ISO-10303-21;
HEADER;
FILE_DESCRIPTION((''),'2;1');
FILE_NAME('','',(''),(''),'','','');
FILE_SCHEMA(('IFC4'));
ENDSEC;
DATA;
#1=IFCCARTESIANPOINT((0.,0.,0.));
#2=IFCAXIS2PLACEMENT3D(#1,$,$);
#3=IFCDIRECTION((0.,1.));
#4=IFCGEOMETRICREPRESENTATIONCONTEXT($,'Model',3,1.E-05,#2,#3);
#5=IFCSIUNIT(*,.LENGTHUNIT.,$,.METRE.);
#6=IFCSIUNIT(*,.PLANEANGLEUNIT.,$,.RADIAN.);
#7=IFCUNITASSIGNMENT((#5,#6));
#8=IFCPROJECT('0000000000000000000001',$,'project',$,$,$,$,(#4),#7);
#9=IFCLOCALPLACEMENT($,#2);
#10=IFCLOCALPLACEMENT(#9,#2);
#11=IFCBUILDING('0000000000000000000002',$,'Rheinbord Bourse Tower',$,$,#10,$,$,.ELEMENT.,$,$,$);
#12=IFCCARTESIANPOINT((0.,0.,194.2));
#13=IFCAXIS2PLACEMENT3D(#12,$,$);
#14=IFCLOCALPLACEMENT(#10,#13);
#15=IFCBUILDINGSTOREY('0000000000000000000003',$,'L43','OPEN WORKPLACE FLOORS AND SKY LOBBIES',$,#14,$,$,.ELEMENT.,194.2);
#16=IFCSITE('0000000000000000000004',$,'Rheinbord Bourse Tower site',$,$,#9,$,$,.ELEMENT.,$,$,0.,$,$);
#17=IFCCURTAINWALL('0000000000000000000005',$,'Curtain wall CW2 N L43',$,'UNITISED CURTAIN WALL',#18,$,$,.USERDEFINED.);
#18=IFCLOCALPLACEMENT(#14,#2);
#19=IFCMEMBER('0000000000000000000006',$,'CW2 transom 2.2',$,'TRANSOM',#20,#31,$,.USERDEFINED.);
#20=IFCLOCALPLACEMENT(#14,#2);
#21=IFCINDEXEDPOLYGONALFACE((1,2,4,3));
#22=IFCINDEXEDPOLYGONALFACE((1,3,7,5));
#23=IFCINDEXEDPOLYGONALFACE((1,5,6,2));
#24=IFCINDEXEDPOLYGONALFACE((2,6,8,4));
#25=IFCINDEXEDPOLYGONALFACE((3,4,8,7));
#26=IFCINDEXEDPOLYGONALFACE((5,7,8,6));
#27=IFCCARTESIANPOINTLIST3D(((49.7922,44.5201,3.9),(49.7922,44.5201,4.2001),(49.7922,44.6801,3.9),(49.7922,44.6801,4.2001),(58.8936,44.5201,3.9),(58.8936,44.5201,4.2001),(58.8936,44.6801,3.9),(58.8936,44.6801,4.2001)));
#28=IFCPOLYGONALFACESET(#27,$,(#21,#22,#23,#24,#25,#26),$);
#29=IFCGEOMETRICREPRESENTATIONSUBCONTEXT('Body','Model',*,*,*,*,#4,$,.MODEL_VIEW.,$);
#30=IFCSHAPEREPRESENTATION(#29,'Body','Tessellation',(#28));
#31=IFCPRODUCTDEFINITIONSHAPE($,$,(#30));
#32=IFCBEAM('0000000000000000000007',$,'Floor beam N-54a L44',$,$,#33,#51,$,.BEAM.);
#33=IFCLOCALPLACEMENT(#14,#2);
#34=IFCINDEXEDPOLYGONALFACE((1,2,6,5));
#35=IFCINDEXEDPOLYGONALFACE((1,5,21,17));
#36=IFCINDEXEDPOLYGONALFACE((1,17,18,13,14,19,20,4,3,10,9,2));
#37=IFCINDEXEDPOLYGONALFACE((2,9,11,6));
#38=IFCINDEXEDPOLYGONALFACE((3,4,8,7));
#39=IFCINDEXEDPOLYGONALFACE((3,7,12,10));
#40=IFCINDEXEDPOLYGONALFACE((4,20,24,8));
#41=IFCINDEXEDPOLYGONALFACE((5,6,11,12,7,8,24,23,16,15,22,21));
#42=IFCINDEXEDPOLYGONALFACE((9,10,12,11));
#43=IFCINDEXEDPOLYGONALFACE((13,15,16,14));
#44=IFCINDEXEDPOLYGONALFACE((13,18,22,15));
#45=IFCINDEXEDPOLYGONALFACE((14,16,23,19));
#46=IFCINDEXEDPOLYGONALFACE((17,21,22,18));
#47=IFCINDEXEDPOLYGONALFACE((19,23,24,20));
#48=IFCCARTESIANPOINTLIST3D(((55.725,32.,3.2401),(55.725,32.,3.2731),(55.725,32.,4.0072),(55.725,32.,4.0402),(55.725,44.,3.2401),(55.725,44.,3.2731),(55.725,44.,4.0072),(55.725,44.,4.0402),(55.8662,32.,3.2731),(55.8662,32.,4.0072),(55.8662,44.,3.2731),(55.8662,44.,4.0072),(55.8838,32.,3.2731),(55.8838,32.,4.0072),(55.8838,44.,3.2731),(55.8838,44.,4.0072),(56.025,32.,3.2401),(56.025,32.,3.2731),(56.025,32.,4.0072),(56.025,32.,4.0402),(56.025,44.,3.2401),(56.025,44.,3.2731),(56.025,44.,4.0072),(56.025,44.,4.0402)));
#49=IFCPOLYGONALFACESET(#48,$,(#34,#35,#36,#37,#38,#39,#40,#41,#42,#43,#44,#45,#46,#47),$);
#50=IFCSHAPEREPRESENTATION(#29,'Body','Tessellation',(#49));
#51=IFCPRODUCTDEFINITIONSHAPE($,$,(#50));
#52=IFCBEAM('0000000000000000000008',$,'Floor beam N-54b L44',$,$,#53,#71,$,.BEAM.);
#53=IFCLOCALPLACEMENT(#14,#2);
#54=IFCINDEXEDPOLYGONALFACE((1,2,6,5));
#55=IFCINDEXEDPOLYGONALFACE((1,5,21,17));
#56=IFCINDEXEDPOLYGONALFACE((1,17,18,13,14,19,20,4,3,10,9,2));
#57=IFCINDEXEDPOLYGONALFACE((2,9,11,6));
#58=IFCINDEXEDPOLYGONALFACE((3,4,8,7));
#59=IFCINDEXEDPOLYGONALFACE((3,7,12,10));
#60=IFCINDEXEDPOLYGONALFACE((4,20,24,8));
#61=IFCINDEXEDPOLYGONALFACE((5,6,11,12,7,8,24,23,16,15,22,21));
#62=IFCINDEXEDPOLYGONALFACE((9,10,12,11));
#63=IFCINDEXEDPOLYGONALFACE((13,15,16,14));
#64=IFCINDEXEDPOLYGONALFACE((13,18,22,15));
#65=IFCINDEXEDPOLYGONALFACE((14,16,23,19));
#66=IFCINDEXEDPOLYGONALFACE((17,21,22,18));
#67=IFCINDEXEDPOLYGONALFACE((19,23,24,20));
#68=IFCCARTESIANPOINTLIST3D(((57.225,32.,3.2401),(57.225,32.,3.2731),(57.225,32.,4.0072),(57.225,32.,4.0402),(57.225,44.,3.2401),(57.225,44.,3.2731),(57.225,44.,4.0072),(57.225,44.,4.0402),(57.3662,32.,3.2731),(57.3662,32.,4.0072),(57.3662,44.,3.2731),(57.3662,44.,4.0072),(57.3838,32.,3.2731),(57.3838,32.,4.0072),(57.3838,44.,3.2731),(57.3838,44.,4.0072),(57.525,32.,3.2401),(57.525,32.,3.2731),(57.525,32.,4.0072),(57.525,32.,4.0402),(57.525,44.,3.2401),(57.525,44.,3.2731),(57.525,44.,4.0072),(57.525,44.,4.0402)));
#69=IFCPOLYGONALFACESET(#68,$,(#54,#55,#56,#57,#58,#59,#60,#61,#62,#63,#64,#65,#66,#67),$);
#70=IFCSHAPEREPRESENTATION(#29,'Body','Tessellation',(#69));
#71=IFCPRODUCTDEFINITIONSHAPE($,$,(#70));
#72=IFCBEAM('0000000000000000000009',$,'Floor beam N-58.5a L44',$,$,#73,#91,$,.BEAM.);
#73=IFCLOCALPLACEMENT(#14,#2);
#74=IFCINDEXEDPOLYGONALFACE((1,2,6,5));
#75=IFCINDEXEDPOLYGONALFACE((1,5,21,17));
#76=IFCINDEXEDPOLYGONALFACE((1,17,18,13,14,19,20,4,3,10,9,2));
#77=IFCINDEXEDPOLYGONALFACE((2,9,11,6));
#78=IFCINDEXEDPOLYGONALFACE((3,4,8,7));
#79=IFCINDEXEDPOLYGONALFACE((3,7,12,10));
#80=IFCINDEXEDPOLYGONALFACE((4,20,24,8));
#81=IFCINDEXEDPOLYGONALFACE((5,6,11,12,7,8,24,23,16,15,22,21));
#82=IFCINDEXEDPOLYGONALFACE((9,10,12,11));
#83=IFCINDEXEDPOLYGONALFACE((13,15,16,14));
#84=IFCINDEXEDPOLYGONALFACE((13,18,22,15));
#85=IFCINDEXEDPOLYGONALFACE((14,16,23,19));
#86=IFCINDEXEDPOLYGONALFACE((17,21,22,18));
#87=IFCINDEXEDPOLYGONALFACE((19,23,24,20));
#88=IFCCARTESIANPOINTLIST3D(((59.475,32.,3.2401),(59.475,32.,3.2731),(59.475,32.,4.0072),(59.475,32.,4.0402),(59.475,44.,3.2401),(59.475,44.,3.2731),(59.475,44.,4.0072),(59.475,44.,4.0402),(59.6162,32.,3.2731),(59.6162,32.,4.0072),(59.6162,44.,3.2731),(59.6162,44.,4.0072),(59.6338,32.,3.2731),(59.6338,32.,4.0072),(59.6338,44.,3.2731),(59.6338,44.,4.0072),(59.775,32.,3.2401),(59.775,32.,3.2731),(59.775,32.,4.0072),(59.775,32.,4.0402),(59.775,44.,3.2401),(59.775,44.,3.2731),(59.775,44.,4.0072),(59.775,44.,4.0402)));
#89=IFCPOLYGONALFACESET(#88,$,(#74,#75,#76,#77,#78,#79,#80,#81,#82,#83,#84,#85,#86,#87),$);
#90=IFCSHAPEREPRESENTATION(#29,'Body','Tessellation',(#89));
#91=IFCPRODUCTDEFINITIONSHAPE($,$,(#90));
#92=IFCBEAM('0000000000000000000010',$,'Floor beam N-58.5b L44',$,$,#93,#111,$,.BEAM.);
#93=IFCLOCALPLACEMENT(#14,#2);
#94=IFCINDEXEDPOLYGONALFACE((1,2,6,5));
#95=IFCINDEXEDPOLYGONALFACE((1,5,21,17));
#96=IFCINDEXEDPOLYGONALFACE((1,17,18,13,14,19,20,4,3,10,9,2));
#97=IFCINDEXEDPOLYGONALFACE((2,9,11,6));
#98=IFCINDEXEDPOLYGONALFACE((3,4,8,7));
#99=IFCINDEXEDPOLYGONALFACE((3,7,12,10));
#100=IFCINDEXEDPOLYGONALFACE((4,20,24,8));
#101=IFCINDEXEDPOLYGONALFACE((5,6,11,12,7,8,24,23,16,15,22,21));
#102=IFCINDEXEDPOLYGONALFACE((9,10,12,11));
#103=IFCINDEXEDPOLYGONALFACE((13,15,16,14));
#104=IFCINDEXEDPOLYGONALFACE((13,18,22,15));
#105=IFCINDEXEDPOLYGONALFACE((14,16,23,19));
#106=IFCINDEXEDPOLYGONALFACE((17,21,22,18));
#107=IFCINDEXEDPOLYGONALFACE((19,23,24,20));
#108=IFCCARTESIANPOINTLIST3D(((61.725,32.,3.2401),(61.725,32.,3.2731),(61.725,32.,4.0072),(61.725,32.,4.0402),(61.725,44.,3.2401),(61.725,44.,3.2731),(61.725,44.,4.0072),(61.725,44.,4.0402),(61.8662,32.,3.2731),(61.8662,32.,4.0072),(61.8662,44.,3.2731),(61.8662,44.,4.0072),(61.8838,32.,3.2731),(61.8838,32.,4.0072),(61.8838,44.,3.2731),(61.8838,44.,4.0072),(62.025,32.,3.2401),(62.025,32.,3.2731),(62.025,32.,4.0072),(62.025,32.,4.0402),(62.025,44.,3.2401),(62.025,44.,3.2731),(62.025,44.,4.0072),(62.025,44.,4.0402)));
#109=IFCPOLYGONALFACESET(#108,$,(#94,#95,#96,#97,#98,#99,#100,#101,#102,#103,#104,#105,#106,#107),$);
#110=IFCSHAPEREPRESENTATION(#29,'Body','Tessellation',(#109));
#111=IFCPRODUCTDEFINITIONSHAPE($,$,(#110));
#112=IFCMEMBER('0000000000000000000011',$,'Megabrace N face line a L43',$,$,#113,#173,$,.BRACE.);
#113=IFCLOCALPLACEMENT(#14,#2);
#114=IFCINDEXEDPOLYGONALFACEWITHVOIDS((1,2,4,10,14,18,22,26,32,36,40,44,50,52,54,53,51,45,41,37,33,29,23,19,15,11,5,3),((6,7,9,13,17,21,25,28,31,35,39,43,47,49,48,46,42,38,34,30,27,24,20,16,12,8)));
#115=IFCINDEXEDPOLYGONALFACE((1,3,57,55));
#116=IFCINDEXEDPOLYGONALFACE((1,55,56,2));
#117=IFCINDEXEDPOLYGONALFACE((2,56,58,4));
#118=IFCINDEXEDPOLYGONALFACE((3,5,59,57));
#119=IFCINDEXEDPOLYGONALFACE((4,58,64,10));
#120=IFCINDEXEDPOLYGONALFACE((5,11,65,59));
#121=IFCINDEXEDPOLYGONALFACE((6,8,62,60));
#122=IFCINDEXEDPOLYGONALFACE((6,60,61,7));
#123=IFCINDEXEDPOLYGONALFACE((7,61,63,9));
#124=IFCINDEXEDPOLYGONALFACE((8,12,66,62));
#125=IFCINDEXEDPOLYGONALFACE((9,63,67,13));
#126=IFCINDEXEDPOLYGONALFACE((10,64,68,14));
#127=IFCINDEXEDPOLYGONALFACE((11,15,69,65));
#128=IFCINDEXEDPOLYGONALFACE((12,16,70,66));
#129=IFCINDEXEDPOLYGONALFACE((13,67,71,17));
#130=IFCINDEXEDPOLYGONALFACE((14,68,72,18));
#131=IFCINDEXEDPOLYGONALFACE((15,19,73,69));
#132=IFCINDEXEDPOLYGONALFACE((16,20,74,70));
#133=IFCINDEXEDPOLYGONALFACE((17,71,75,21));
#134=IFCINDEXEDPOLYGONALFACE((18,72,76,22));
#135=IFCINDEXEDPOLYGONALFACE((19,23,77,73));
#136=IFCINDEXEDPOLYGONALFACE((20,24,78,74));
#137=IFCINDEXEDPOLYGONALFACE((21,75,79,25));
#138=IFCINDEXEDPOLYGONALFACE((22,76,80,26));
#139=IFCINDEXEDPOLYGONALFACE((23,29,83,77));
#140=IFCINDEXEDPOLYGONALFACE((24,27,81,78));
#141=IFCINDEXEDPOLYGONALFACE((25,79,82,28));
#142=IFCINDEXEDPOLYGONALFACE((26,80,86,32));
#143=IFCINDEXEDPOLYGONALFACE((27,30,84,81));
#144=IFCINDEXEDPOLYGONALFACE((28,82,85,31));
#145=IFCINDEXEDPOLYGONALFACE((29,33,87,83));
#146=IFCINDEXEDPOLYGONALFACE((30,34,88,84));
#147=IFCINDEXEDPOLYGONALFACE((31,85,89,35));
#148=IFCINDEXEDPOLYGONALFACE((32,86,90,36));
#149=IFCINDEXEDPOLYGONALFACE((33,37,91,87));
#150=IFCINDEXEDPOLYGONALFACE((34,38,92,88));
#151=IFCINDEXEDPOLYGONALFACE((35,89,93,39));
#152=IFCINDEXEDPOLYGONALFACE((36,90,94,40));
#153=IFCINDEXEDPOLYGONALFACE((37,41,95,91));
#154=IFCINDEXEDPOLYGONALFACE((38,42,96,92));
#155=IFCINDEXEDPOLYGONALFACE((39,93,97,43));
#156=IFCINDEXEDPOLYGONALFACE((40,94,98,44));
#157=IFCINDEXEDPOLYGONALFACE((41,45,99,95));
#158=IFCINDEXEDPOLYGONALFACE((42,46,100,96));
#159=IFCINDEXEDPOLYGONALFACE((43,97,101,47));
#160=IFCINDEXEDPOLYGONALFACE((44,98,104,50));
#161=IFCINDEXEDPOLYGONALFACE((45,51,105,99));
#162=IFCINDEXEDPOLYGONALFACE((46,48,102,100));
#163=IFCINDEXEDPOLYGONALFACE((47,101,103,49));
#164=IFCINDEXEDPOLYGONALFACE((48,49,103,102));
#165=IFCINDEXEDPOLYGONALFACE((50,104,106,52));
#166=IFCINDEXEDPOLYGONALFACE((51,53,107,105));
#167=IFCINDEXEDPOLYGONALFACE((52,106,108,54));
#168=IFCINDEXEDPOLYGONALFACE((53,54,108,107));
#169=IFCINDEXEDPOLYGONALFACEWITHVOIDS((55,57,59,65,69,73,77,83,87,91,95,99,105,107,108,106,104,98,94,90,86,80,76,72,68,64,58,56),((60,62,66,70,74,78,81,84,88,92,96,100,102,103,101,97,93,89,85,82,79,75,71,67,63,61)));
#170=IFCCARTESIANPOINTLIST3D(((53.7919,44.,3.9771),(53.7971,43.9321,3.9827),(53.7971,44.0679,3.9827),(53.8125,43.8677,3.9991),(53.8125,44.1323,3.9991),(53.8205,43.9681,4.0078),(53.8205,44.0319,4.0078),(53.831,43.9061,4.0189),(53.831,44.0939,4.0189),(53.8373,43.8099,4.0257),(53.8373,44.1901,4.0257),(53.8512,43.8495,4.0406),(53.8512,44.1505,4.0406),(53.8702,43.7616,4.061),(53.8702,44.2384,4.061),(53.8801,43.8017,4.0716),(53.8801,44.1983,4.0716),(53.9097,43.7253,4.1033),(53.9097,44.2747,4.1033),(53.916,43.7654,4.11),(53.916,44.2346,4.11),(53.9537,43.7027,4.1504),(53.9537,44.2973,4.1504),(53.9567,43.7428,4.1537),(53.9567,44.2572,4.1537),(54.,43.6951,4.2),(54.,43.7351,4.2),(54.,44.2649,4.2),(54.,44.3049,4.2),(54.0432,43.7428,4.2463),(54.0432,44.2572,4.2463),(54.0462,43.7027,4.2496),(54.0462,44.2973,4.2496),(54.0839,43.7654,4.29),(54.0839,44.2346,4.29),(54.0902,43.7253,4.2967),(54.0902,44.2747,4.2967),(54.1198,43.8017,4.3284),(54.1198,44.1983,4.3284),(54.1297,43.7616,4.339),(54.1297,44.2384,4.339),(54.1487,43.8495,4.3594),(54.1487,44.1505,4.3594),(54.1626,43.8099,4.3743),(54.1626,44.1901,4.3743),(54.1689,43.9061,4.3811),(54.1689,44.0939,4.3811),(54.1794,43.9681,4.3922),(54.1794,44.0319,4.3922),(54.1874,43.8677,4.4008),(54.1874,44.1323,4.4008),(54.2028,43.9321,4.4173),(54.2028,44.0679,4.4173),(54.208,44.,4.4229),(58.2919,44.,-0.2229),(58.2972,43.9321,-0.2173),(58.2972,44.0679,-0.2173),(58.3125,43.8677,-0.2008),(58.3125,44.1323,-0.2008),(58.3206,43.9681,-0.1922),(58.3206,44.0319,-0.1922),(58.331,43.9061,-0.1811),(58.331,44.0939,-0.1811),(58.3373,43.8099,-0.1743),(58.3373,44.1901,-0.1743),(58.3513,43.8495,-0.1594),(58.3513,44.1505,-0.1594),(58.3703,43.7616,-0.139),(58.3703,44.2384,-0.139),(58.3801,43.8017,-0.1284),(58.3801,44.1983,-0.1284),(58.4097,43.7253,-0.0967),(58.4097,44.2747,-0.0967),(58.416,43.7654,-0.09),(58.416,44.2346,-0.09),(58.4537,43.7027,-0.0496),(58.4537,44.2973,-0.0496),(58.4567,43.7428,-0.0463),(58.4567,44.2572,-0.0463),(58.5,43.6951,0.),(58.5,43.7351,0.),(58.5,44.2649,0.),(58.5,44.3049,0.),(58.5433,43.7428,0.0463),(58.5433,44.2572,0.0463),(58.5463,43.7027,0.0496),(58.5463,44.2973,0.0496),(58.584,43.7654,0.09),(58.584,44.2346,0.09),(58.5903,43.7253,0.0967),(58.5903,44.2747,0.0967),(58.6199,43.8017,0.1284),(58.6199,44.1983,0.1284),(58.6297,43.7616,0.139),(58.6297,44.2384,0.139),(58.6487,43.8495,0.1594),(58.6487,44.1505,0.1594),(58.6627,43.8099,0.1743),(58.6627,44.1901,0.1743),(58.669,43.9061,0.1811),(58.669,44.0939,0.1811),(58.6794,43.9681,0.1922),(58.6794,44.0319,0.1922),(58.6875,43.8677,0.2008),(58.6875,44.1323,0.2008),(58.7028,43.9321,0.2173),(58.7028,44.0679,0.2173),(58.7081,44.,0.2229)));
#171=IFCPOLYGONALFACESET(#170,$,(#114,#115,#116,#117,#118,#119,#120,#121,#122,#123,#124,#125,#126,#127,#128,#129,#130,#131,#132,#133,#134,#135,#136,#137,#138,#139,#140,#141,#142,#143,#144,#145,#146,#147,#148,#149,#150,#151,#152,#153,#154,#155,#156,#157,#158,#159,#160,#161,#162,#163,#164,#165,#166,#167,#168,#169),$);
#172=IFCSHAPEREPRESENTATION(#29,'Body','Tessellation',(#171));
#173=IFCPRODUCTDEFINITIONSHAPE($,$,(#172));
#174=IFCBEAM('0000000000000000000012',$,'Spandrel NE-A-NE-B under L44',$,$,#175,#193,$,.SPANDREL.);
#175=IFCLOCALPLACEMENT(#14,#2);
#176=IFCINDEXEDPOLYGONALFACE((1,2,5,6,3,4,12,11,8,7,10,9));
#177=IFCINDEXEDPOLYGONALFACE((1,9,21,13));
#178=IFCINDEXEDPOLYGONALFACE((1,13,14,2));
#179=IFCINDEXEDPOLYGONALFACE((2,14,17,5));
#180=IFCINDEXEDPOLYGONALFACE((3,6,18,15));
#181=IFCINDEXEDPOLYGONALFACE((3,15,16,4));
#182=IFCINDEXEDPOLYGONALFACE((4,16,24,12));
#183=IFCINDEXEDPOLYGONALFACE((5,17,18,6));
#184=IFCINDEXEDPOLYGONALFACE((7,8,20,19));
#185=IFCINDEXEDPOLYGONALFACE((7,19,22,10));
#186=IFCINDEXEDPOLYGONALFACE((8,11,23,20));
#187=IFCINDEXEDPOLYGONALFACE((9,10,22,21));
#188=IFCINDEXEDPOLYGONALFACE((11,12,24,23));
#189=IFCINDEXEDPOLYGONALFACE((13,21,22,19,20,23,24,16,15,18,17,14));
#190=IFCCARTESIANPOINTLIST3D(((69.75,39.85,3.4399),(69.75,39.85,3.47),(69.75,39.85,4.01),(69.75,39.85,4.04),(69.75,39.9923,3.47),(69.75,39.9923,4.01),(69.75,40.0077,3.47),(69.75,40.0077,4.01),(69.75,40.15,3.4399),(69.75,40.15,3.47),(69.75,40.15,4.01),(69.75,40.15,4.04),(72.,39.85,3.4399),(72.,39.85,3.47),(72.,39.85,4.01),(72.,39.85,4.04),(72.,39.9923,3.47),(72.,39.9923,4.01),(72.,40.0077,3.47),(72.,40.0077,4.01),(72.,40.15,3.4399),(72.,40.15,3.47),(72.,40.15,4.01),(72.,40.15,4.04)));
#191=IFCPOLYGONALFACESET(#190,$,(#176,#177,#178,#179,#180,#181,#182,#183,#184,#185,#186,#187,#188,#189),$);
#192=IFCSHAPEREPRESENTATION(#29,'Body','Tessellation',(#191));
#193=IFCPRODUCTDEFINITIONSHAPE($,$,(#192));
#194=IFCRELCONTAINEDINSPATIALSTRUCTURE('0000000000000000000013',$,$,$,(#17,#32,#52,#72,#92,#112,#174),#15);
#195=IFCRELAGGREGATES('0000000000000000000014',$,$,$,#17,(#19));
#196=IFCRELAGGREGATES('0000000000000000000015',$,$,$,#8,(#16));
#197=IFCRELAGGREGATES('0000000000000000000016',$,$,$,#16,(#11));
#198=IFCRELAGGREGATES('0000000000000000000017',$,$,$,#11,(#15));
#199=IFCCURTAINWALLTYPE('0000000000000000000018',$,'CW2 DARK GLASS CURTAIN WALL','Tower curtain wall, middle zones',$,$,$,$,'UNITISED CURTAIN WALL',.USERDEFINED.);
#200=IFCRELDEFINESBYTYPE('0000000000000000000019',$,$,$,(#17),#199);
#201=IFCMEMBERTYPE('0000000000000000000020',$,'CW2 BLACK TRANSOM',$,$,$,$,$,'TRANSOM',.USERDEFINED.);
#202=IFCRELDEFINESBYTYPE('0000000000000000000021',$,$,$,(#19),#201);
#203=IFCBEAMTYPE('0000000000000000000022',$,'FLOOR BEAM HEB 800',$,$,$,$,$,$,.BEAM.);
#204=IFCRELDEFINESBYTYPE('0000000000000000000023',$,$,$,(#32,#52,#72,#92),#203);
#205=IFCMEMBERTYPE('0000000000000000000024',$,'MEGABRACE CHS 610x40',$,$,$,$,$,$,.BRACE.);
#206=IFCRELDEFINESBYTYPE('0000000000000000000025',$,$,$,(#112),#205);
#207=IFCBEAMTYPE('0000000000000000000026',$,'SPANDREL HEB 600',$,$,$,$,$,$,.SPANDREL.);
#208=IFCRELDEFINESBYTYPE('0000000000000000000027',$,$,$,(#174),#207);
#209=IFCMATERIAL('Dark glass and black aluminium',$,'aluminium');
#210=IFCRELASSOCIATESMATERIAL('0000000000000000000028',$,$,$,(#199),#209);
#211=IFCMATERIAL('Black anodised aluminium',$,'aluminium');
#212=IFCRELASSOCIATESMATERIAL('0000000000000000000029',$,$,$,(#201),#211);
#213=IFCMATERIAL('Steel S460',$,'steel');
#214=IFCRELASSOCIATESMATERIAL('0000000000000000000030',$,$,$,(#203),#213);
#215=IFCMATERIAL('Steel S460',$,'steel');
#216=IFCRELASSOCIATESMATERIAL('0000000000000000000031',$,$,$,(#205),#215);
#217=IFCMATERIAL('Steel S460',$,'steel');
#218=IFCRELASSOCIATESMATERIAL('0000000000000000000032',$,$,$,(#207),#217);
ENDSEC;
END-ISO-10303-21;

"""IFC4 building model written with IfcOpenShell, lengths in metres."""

from ifc_helpers import new_model, si_unit, direction, frame, origin, origin_2d, place, context, subcontext, project, spatial, rectangle, hollow_circle, i_section, extrude, material, material_profile, profile_set, type_object, element, aggregate, save


model = new_model("IFC4")

# Units and contexts
model_context = context("Model", 3, precision=1e-05, world=origin(), true_north=direction((0.0, 1.0)))
body_context = subcontext(model_context, "Body", "Model", "MODEL_VIEW")
ifc_project = project(units=[si_unit("LENGTHUNIT", "METRE"), si_unit("PLANEANGLEUNIT", "RADIAN")], contexts=[model_context])

# Site, building, storey
site_placement = place(None, origin())
site = spatial("IfcSite", under=ifc_project, at=site_placement, Name="Rheinbord Bourse Tower site", CompositionType="ELEMENT", RefElevation=0.0)
building_placement = place(site_placement, origin())
building = spatial("IfcBuilding", under=site, at=building_placement, Name="Rheinbord Bourse Tower", CompositionType="ELEMENT")
storey_placement = place(building_placement, frame((0.0, 0.0, 194.2)))
storey = spatial("IfcBuildingStorey", under=building, at=storey_placement, Name="L43", Description="OPEN WORKPLACE FLOORS AND SKY LOBBIES", CompositionType="ELEMENT", Elevation=194.2)

# Curtain wall
ifc_material_1 = material(Name="Dark glass and black aluminium", Category="aluminium")
curtain_wall_type = type_object("IfcCurtainWallType", Name="CW2 DARK GLASS CURTAIN WALL", Description="Tower curtain wall, middle zones", ElementType="UNITISED CURTAIN WALL", PredefinedType="USERDEFINED", material=ifc_material_1)
curtain_wall_1_placement = place(storey_placement, origin())
curtain_wall_1 = element("IfcCurtainWall", 1, at=curtain_wall_1_placement, inside=storey, type_object=curtain_wall_type, Name="Curtain wall CW2 N L43", ObjectType="UNITISED CURTAIN WALL", PredefinedType="USERDEFINED")

# Member
ifc_material_2 = material(Name="Black anodised aluminium", Category="aluminium")
ifc_material_profile_1 = material_profile(ifc_material_2, rectangle(XDim=0.1599, YDim=0.3, at=origin_2d()), Name="CW2 TRANSOM 300x160")
ifc_profile_set_1 = profile_set([ifc_material_profile_1], Name="Black anodised aluminium")
member_type_1 = type_object("IfcMemberType", Name="CW2 BLACK TRANSOM", ElementType="TRANSOM", PredefinedType="USERDEFINED", material=ifc_profile_set_1)
member_1_placement = place(storey_placement, frame((58.8936, 44.6001, 4.05), z_axis=(-1.0, 0.0, 0.0), x_axis=(0.0, -1.0, 0.0)))
member_1 = element("IfcMember", 2, at=member_1_placement, type_object=member_type_1, Name="CW2 transom 2.2", ObjectType="TRANSOM", PredefinedType="USERDEFINED", context=body_context, shape_type="SweptSolid", body=[
    extrude(rectangle(XDim=0.1599, YDim=0.3, at=origin_2d()), origin(), (0.0, 0.0, 1.0), 9.1013),
])

# Beams
ifc_material_3 = material(Name="Steel S460", Category="steel")
ifc_material_profile_2 = material_profile(ifc_material_3, i_section(OverallWidth=0.3, OverallDepth=0.8, WebThickness=0.0176, FlangeThickness=0.033, at=origin_2d()), Name="HEB 800")
ifc_profile_set_2 = profile_set([ifc_material_profile_2], Name="Steel S460")
beam_type_1 = type_object("IfcBeamType", Name="FLOOR BEAM HEB 800", PredefinedType="BEAM", material=ifc_profile_set_2)
for number, where, z_axis, x_axis, name in (
    (3, (55.875, 44.0, 3.6401), (0.0, -1.0, 0.0), (1.0, 0.0, 0.0), "Floor beam N-54a L44"),
    (4, (57.375, 44.0, 3.6401), (0.0, -1.0, 0.0), (1.0, 0.0, 0.0), "Floor beam N-54b L44"),
    (5, (59.625, 44.0, 3.6401), (0.0, -1.0, 0.0), (1.0, 0.0, 0.0), "Floor beam N-58.5a L44"),
    (6, (61.875, 44.0, 3.6401), (0.0, -1.0, 0.0), (1.0, 0.0, 0.0), "Floor beam N-58.5b L44"),
):
    element("IfcBeam", number, at=place(storey_placement, frame(where, z_axis=z_axis, x_axis=x_axis)), inside=storey, type_object=beam_type_1, Name=name, PredefinedType="BEAM", context=body_context, shape_type="SweptSolid", body=[
        extrude(i_section(OverallWidth=0.3, OverallDepth=0.8, WebThickness=0.0176, FlangeThickness=0.033, at=origin_2d()), origin(), (0.0, 0.0, 1.0), 12.0),
    ])

# Member
ifc_material_4 = material(Name="Steel S460", Category="steel")
ifc_material_profile_3 = material_profile(ifc_material_4, hollow_circle(Radius=0.3049, WallThickness=0.04, at=origin_2d()), Name="CHS 610x40")
ifc_profile_set_3 = profile_set([ifc_material_profile_3], Name="Steel S460")
member_type_2 = type_object("IfcMemberType", Name="MEGABRACE CHS 610x40", PredefinedType="BRACE", material=ifc_profile_set_3)
member_2_placement = place(storey_placement, frame((58.5, 44.0, 0.0), z_axis=(-0.731059, 0.0, 0.682314), x_axis=(0.0, -1.0, 0.0)))
element("IfcMember", 7, at=member_2_placement, inside=storey, type_object=member_type_2, Name="Megabrace N face line a L43", PredefinedType="BRACE", context=body_context, shape_type="SweptSolid", body=[
    extrude(hollow_circle(Radius=0.3049, WallThickness=0.04, at=origin_2d()), origin(), (0.0, 0.0, 1.0), 6.1555),
])

# Beam
ifc_material_5 = material(Name="Steel S460", Category="steel")
ifc_material_profile_4 = material_profile(ifc_material_5, i_section(OverallWidth=0.3, OverallDepth=0.6001, WebThickness=0.0154, FlangeThickness=0.03, at=origin_2d()), Name="HEB 600")
ifc_profile_set_4 = profile_set([ifc_material_profile_4], Name="Steel S460")
beam_type_2 = type_object("IfcBeamType", Name="SPANDREL HEB 600", PredefinedType="SPANDREL", material=ifc_profile_set_4)
for number, where, z_axis, x_axis, name in (
    (8, (72.0, 40.0, 3.74), (-1.0, 0.0, 0.0), (0.0, -1.0, 0.0), "Spandrel NE-A-NE-B under L44"),
):
    element("IfcBeam", number, at=place(storey_placement, frame(where, z_axis=z_axis, x_axis=x_axis)), inside=storey, type_object=beam_type_2, Name=name, PredefinedType="SPANDREL", context=body_context, shape_type="SweptSolid", body=[
        extrude(i_section(OverallWidth=0.3, OverallDepth=0.6001, WebThickness=0.0154, FlangeThickness=0.03, at=origin_2d()), origin(), (0.0, 0.0, 1.0), 2.25),
    ])

aggregate(curtain_wall_1, [member_1])

save(model, "model.ifc")
